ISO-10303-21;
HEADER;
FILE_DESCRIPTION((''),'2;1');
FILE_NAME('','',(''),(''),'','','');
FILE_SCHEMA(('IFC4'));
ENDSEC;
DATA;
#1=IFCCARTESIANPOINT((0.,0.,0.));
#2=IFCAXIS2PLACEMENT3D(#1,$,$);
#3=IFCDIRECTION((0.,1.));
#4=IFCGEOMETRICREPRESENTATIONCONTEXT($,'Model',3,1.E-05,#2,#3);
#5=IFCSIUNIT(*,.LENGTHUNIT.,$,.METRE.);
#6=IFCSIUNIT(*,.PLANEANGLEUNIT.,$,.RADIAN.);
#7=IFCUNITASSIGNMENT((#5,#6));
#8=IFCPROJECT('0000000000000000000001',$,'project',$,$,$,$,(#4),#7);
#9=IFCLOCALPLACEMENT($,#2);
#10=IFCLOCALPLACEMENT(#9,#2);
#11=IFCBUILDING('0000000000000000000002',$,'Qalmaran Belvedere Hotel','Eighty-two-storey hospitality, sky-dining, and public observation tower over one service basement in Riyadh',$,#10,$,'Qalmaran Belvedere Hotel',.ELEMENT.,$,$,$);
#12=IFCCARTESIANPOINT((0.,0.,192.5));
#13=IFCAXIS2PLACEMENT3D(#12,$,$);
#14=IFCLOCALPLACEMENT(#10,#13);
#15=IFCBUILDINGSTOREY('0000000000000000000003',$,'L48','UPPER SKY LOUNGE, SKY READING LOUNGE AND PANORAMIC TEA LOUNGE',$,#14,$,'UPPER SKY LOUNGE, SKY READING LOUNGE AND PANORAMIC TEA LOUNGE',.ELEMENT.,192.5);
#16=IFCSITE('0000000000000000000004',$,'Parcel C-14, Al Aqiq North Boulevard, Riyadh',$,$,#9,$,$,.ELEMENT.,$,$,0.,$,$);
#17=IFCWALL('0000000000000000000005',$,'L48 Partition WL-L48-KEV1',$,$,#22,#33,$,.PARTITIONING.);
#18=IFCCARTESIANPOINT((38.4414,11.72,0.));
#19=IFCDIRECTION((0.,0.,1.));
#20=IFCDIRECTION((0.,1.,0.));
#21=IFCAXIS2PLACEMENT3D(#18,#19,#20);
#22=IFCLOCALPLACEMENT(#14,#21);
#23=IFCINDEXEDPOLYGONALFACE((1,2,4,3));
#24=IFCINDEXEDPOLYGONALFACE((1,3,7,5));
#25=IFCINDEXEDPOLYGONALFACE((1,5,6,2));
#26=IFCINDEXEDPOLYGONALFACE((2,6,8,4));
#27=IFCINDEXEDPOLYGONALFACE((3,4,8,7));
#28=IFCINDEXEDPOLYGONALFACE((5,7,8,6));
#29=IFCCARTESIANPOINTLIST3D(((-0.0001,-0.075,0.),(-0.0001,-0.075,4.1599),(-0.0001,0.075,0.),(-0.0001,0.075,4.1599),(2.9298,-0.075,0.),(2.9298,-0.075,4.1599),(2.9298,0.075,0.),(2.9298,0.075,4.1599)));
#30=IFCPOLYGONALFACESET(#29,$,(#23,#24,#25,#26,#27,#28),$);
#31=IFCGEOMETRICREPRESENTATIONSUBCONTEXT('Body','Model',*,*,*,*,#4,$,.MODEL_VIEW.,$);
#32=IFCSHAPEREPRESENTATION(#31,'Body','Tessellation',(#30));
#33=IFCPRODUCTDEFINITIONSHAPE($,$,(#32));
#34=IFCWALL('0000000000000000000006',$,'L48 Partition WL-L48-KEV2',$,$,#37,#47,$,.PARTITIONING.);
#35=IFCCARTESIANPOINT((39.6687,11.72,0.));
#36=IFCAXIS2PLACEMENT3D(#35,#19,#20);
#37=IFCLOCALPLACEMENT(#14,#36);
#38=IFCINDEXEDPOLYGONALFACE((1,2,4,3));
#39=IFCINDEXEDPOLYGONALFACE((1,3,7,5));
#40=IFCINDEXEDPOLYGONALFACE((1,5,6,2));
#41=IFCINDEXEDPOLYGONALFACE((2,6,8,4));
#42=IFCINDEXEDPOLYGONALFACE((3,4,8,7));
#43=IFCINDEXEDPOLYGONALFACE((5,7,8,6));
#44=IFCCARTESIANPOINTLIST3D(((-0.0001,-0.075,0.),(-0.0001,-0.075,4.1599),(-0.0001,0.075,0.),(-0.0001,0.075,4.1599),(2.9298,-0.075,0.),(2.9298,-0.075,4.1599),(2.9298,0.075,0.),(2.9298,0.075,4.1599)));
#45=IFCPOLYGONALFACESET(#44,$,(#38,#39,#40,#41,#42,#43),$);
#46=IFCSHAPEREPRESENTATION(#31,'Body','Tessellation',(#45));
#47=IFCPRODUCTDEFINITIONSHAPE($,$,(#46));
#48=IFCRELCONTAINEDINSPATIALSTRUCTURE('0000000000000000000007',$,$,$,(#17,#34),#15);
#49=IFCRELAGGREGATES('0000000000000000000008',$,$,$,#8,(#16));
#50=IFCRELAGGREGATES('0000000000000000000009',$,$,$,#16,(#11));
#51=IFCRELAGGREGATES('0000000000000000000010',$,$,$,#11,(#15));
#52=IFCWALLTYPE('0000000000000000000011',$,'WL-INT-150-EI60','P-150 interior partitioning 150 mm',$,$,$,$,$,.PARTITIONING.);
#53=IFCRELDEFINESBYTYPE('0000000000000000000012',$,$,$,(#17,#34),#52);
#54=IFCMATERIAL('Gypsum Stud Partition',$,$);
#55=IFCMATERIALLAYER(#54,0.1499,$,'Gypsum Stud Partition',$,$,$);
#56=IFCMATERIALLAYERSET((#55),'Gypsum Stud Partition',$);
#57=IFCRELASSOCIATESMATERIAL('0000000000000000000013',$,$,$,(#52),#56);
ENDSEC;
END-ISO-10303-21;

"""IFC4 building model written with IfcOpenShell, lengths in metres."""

from ifc_helpers import new_model, si_unit, direction, frame, frame_2d, origin, place, context, subcontext, project, spatial, rectangle, extrude, material, layer, layer_set, type_object, element, save


model = new_model("IFC4")

# Units and contexts
model_context = context("Model", 3, precision=1e-05, world=origin(), true_north=direction((0.0, 1.0)))
body_context = subcontext(model_context, "Body", "Model", "MODEL_VIEW")
ifc_project = project(units=[si_unit("LENGTHUNIT", "METRE"), si_unit("PLANEANGLEUNIT", "RADIAN")], contexts=[model_context])

# Site, building, storey
site_placement = place(None, origin())
site = spatial("IfcSite", under=ifc_project, at=site_placement, Name="Parcel C-14, Al Aqiq North Boulevard, Riyadh", CompositionType="ELEMENT", RefElevation=0.0)
building_placement = place(site_placement, origin())
building = spatial("IfcBuilding", under=site, at=building_placement, Name="Qalmaran Belvedere Hotel", Description="Eighty-two-storey hospitality, sky-dining, and public observation tower over one service basement in Riyadh", LongName="Qalmaran Belvedere Hotel", CompositionType="ELEMENT")
storey_placement = place(building_placement, frame((0.0, 0.0, 192.5)))
storey = spatial("IfcBuildingStorey", under=building, at=storey_placement, Name="L48", Description="UPPER SKY LOUNGE, SKY READING LOUNGE AND PANORAMIC TEA LOUNGE", LongName="UPPER SKY LOUNGE, SKY READING LOUNGE AND PANORAMIC TEA LOUNGE", CompositionType="ELEMENT", Elevation=192.5)

# Walls
ifc_material_1 = material(Name="Gypsum Stud Partition")
ifc_layer_1 = layer(ifc_material_1, 0.1499, Name="Gypsum Stud Partition")
ifc_layer_set_1 = layer_set([ifc_layer_1], Name="Gypsum Stud Partition")
wall_type_1 = type_object("IfcWallType", Name="WL-INT-150-EI60", Description="P-150 interior partitioning 150 mm", PredefinedType="PARTITIONING", material=ifc_layer_set_1)
for number, where, z_axis, x_axis, name in (
    (1, (38.4414, 11.72, 0.0), (0.0, 0.0, 1.0), (0.0, 1.0, 0.0), "L48 Partition WL-L48-KEV1"),
    (2, (39.6687, 11.72, 0.0), (0.0, 0.0, 1.0), (0.0, 1.0, 0.0), "L48 Partition WL-L48-KEV2"),
):
    element("IfcWall", number, at=place(storey_placement, frame(where, z_axis=z_axis, x_axis=x_axis)), inside=storey, type_object=wall_type_1, Name=name, PredefinedType="PARTITIONING", context=body_context, shape_type="SweptSolid", body=[
        extrude(rectangle(XDim=2.9299, YDim=0.1499, at=frame_2d((1.4648, 0.0))), origin(), (0.0, 0.0, 1.0), 4.1599),
    ])

save(model, "model.ifc")
